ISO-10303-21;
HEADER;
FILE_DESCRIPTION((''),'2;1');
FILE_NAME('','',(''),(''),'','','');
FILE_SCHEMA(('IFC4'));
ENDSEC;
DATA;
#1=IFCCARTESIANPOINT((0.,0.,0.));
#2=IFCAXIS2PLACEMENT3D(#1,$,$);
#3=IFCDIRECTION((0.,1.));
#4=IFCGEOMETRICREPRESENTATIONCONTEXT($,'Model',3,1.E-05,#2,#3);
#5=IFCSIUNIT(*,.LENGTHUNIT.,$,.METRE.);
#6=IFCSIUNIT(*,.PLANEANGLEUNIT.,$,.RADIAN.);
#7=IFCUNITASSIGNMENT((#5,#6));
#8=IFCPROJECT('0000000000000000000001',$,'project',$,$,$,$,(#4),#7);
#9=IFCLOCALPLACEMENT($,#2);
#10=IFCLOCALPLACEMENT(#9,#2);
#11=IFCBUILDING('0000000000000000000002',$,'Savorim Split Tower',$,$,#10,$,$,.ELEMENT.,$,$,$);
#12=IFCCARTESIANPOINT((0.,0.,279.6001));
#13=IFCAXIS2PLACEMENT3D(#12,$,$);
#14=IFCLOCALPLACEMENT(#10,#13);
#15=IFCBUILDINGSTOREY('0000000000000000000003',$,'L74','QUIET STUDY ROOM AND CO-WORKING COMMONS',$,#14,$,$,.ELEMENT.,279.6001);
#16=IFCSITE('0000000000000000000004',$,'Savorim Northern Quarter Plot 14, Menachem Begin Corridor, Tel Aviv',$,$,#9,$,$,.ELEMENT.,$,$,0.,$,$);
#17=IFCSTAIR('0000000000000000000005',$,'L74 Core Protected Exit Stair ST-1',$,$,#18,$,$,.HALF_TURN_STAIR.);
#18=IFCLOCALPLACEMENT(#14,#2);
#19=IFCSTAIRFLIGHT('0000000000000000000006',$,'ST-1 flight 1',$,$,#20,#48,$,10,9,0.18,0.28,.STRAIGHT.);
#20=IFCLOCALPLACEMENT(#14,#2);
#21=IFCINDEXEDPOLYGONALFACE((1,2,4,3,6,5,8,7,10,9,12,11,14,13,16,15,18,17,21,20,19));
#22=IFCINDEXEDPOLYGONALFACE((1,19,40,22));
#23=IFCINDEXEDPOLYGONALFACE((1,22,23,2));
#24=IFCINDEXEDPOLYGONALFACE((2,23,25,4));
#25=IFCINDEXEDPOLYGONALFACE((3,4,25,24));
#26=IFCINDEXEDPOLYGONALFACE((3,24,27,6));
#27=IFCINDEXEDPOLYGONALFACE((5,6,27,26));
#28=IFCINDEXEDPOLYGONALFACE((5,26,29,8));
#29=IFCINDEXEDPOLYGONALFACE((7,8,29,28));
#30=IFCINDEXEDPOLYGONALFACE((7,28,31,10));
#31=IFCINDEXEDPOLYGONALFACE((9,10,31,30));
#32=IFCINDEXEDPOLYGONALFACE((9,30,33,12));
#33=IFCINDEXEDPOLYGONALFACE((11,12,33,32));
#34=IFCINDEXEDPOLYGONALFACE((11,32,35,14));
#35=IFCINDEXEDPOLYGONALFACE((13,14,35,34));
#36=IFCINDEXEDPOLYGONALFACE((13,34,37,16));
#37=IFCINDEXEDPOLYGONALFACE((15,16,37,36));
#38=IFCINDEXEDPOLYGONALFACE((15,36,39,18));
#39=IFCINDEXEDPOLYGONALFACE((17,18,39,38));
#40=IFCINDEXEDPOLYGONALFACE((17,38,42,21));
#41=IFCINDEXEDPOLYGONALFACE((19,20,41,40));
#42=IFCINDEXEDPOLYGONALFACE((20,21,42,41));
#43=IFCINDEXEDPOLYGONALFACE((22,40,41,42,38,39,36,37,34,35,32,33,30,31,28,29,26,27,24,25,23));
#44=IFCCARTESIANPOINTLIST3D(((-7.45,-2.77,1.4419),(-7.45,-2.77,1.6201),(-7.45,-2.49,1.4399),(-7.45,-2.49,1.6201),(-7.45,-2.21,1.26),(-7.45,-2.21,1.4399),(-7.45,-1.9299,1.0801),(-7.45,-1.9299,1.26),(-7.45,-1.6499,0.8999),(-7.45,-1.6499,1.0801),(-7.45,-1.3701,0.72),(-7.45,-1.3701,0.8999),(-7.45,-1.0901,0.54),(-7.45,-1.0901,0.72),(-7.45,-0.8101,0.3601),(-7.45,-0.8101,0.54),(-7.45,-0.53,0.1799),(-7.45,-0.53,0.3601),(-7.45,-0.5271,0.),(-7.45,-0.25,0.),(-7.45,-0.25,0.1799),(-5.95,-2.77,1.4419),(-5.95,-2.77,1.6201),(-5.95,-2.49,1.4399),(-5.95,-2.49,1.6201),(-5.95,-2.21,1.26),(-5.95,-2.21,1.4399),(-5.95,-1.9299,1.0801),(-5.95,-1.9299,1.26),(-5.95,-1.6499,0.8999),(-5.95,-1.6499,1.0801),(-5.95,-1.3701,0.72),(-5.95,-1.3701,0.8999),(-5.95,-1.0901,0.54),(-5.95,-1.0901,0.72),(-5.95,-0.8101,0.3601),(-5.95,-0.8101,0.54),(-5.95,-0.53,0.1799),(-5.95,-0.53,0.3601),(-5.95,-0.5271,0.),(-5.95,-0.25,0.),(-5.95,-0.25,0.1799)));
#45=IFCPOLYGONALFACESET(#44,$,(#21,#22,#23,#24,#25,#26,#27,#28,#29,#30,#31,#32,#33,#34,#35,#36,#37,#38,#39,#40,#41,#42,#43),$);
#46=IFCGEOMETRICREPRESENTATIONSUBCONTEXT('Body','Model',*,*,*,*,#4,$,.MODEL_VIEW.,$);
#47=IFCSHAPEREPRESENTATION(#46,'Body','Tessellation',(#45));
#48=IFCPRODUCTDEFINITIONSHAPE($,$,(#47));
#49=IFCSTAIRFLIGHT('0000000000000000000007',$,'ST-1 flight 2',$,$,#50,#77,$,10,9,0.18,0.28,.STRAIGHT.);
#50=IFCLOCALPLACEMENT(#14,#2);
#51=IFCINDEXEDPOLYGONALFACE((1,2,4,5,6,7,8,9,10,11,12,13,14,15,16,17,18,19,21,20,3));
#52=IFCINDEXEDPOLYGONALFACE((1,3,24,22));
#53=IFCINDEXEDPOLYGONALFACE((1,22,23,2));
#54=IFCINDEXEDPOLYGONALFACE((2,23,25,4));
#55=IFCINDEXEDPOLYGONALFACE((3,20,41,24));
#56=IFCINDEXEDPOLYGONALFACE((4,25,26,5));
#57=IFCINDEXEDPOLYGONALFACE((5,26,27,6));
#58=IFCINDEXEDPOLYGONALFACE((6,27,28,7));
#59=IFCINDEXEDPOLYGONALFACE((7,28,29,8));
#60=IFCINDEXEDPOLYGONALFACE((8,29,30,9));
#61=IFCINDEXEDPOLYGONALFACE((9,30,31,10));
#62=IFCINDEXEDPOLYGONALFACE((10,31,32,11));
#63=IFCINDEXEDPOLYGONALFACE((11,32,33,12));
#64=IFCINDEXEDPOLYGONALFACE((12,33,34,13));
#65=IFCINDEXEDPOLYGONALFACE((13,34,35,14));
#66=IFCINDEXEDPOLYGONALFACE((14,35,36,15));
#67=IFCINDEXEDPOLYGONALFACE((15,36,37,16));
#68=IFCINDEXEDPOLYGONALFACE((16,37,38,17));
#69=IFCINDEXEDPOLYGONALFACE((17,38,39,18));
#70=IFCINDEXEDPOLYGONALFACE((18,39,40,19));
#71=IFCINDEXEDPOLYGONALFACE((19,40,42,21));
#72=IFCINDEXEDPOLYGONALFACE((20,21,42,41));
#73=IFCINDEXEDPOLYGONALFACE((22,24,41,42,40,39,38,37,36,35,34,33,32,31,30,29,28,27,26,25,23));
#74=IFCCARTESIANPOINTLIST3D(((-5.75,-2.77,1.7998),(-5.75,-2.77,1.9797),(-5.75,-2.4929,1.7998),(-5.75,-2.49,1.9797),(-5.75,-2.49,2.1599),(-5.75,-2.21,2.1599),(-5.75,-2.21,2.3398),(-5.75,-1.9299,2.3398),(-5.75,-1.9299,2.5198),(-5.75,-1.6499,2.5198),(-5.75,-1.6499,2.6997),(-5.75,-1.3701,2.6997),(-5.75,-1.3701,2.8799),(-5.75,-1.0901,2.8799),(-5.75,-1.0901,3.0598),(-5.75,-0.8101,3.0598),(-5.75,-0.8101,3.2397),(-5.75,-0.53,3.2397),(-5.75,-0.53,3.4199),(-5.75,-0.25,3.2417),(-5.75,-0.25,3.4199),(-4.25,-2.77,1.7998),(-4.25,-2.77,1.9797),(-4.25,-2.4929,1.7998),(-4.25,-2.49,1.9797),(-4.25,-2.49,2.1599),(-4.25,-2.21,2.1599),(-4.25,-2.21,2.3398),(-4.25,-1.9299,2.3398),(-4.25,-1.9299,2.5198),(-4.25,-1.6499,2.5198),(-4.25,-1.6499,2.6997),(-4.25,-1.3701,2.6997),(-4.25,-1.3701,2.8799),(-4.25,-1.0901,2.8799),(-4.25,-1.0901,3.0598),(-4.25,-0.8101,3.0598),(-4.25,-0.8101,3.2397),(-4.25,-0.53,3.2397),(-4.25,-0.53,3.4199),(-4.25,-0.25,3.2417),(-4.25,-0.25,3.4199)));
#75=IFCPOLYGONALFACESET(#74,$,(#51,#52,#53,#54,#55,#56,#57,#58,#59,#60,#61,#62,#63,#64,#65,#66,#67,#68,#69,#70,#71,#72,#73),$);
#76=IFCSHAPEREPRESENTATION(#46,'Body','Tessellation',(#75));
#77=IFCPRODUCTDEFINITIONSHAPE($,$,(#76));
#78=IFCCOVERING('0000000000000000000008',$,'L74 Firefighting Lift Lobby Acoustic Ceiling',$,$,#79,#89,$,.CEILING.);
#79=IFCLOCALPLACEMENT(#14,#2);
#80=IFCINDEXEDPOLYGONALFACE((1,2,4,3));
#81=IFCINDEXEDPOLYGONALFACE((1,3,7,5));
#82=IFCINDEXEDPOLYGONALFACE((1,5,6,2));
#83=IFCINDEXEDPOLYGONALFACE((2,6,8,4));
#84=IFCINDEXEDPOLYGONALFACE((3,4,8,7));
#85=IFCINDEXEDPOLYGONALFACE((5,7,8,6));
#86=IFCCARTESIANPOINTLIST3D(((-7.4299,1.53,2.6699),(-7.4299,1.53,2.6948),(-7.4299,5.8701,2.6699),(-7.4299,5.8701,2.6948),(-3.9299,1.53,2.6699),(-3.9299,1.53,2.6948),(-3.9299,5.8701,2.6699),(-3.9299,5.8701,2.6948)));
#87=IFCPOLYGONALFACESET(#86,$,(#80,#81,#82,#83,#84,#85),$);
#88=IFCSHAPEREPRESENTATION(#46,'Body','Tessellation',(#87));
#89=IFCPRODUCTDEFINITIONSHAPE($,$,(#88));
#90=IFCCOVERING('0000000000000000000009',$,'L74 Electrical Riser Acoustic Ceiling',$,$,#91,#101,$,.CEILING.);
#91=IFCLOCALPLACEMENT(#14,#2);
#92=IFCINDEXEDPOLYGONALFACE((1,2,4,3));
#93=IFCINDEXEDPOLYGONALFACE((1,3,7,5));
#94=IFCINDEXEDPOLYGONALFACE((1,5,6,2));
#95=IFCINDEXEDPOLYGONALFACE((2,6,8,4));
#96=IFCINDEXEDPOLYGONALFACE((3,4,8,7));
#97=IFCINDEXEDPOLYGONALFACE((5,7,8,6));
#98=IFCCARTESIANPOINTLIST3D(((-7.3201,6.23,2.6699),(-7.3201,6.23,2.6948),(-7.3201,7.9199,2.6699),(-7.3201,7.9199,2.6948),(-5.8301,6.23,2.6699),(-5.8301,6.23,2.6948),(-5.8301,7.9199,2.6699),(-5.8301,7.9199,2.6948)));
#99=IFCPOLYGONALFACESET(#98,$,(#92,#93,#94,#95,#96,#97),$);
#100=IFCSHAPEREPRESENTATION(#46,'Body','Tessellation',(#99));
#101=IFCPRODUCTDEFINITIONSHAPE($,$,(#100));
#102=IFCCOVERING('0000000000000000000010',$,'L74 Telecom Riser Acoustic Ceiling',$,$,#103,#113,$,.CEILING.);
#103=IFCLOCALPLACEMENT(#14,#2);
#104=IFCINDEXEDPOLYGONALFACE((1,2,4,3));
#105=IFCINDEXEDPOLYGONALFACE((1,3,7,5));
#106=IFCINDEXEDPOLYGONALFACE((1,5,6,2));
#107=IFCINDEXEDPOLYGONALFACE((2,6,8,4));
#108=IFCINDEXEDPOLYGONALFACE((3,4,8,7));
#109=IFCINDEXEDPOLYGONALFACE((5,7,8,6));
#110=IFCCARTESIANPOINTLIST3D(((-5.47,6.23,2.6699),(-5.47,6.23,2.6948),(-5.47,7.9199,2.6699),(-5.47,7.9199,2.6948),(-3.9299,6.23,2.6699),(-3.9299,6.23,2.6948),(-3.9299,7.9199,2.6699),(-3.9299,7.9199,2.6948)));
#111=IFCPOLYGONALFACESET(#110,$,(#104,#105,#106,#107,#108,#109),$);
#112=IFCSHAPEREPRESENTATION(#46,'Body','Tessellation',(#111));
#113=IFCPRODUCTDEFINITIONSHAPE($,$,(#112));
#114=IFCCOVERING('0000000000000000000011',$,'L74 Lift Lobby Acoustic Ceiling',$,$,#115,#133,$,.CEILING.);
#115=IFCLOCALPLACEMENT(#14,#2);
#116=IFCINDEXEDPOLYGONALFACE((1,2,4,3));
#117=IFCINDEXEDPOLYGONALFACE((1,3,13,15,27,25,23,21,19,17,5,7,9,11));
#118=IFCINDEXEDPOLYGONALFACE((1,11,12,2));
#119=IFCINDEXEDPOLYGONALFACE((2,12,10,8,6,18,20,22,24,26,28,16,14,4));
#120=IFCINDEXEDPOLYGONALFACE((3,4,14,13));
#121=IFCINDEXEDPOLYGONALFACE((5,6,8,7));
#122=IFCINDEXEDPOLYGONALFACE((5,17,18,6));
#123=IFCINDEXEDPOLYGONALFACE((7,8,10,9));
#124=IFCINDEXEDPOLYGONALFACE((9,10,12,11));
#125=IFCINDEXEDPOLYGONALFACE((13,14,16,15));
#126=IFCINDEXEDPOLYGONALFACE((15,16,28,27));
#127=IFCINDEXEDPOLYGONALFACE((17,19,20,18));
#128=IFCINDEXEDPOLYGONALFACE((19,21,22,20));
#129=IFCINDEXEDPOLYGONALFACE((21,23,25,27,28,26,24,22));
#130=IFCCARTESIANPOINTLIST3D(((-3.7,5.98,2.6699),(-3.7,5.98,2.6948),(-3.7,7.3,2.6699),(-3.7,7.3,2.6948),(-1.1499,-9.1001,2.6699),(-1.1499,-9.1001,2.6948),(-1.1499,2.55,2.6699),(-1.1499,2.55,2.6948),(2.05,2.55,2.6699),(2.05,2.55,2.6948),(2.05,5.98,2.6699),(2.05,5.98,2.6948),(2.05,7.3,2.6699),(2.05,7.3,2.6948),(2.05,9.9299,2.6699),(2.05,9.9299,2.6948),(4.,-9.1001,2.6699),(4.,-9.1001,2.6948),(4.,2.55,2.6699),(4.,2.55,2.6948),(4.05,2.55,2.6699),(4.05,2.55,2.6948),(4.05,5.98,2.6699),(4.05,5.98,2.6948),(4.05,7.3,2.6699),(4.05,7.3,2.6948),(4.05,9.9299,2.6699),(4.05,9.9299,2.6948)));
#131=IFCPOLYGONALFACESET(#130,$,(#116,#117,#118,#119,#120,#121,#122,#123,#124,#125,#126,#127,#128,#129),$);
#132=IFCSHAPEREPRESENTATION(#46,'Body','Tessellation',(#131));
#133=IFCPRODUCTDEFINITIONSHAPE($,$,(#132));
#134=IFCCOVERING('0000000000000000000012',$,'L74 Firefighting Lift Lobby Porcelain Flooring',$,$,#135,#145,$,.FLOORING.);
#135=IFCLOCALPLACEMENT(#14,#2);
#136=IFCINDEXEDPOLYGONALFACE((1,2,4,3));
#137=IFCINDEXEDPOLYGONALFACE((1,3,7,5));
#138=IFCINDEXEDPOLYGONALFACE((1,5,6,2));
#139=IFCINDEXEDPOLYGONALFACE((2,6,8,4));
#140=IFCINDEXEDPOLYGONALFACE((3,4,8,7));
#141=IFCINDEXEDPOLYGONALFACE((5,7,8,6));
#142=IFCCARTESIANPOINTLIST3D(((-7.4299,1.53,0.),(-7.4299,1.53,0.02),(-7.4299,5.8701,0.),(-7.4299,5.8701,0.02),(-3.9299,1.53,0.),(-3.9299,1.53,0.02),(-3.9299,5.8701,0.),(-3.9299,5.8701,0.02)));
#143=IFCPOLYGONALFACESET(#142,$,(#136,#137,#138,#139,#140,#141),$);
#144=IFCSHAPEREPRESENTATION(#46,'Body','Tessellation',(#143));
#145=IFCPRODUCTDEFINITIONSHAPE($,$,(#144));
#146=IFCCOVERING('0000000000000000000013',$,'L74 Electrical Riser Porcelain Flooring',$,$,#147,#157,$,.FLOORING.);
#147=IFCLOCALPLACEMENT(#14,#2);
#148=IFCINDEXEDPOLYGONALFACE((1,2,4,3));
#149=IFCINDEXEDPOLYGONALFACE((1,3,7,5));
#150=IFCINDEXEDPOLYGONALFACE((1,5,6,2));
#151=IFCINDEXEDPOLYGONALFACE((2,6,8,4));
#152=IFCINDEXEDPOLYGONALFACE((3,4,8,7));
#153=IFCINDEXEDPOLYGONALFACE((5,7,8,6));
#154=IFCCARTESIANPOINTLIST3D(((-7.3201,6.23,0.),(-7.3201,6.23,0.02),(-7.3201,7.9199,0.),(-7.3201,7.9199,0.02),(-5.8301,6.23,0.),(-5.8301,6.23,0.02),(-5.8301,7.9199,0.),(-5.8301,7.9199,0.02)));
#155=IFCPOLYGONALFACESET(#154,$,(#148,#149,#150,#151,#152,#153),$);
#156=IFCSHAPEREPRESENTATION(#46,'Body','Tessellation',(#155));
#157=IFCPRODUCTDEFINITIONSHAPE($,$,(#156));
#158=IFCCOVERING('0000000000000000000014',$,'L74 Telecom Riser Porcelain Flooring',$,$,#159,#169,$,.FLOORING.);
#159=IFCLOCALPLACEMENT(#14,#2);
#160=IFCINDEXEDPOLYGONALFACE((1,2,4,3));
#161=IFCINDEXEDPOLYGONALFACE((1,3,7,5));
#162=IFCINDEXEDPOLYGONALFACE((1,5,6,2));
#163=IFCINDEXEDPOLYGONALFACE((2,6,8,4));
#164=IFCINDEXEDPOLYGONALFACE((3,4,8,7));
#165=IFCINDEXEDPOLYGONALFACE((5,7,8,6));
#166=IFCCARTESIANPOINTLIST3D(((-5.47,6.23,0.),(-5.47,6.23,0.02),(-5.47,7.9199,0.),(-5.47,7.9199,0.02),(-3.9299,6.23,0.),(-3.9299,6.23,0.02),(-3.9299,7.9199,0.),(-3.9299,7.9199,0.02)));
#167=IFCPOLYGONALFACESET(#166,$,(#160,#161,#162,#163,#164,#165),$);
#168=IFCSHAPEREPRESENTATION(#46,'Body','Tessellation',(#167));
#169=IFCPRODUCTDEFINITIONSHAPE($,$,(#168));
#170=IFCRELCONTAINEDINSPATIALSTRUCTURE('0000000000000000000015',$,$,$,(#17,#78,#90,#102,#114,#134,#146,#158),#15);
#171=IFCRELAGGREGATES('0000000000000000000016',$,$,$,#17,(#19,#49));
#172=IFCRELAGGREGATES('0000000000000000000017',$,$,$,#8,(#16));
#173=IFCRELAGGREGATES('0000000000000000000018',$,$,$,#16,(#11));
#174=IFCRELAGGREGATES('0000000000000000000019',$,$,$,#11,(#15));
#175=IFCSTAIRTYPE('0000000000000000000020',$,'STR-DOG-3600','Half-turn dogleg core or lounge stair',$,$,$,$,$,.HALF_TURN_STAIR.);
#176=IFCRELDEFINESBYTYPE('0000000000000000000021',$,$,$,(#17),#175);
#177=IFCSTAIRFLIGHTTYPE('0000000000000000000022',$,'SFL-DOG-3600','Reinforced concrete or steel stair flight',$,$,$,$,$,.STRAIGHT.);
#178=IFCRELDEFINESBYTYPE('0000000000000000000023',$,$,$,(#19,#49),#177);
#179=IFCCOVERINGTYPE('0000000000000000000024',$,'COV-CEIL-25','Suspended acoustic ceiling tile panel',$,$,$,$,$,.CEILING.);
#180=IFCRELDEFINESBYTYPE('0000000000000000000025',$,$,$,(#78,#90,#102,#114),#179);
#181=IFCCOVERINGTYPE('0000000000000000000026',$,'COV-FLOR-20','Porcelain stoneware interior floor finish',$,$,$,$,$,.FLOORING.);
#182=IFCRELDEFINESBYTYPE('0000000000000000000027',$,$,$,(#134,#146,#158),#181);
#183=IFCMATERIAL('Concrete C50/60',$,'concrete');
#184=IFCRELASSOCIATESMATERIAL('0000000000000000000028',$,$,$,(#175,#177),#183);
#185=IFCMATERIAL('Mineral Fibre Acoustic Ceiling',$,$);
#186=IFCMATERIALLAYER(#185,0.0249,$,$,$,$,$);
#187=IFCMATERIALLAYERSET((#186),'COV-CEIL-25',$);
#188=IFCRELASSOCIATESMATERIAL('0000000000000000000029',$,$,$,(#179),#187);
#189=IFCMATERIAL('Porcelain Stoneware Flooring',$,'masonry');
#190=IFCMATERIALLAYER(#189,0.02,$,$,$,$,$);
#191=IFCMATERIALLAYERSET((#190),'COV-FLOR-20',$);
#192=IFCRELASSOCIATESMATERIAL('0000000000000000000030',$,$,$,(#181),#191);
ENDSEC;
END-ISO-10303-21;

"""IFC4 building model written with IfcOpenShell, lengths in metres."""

from ifc_helpers import new_model, si_unit, direction, frame, origin, place, context, subcontext, project, spatial, polyline, outline, extrude, material, layer, layer_set, type_object, element, aggregate, save


model = new_model("IFC4")

# Units and contexts
model_context = context("Model", 3, precision=1e-05, world=origin(), true_north=direction((0.0, 1.0)))
body_context = subcontext(model_context, "Body", "Model", "MODEL_VIEW")
ifc_project = project(units=[si_unit("LENGTHUNIT", "METRE"), si_unit("PLANEANGLEUNIT", "RADIAN")], contexts=[model_context])

# Site, building, storey
site_placement = place(None, origin())
site = spatial("IfcSite", under=ifc_project, at=site_placement, Name="Savorim Northern Quarter Plot 14, Menachem Begin Corridor, Tel Aviv", CompositionType="ELEMENT", RefElevation=0.0)
building_placement = place(site_placement, origin())
building = spatial("IfcBuilding", under=site, at=building_placement, Name="Savorim Split Tower", CompositionType="ELEMENT")
storey_placement = place(building_placement, frame((0.0, 0.0, 279.6001)))
storey = spatial("IfcBuildingStorey", under=building, at=storey_placement, Name="L74", Description="QUIET STUDY ROOM AND CO-WORKING COMMONS", CompositionType="ELEMENT", Elevation=279.6001)

# Shared definitions
ifc_material_1 = material(Name="Concrete C50/60", Category="concrete")

# Stair
stair_type = type_object("IfcStairType", Name="STR-DOG-3600", Description="Half-turn dogleg core or lounge stair", PredefinedType="HALF_TURN_STAIR", material=ifc_material_1)
stair_1_placement = place(storey_placement, origin())
stair_1 = element("IfcStair", 1, at=stair_1_placement, inside=storey, type_object=stair_type, Name="L74 Core Protected Exit Stair ST-1", PredefinedType="HALF_TURN_STAIR")

# Stair flights
stair_flight_type = type_object("IfcStairFlightType", Name="SFL-DOG-3600", Description="Reinforced concrete or steel stair flight", PredefinedType="STRAIGHT", material=ifc_material_1)
stair_flight_1_placement = place(storey_placement, frame((-6.7, -0.25, 0.0), z_axis=(0.0, 0.0, 1.0), x_axis=(0.0, -1.0, 0.0)))
stair_flight_1 = element("IfcStairFlight", 2, at=stair_flight_1_placement, type_object=stair_flight_type, Name="ST-1 flight 1", NumberOfRisers=10, NumberOfTreads=9, PredefinedType="STRAIGHT", RiserHeight=0.18, TreadLength=0.28, context=body_context, shape_type="SweptSolid", body=[
    extrude(outline(polyline([(0.0, 0.0), (0.0, 0.1799), (0.28, 0.1799), (0.28, 0.3601), (0.5601, 0.3601), (0.5601, 0.54), (0.8401, 0.54), (0.8401, 0.72), (1.1201, 0.72), (1.1201, 0.8999), (1.3999, 0.8999), (1.3999, 1.0801), (1.6799, 1.0801), (1.6799, 1.26), (1.96, 1.26), (1.96, 1.4399), (2.24, 1.4399), (2.24, 1.6201), (2.52, 1.6201), (2.52, 1.8), (2.52, 1.4419), (0.2771, 0.0), (0.0, 0.0)])), frame((0.0, 0.75, 0.0), z_axis=(0.0, -1.0, 0.0), x_axis=(1.0, 0.0, 0.0)), (0.0, 0.0, 1.0), 1.5),
])
stair_flight_2_placement = place(storey_placement, frame((-5.0, -2.77, 1.7998), z_axis=(0.0, 0.0, 1.0), x_axis=(0.0, 1.0, 0.0)))
stair_flight_2 = element("IfcStairFlight", 3, at=stair_flight_2_placement, type_object=stair_flight_type, Name="ST-1 flight 2", NumberOfRisers=10, NumberOfTreads=9, PredefinedType="STRAIGHT", RiserHeight=0.18, TreadLength=0.28, context=body_context, shape_type="SweptSolid", body=[
    extrude(outline(polyline([(0.0, 0.0), (0.0, 0.1799), (0.28, 0.1799), (0.28, 0.3601), (0.5601, 0.3601), (0.5601, 0.54), (0.8401, 0.54), (0.8401, 0.72), (1.1201, 0.72), (1.1201, 0.8999), (1.3999, 0.8999), (1.3999, 1.0801), (1.6799, 1.0801), (1.6799, 1.26), (1.96, 1.26), (1.96, 1.4399), (2.24, 1.4399), (2.24, 1.6201), (2.52, 1.6201), (2.52, 1.8), (2.52, 1.4419), (0.2771, 0.0), (0.0, 0.0)])), frame((0.0, 0.75, 0.0), z_axis=(0.0, -1.0, 0.0), x_axis=(1.0, 0.0, 0.0)), (0.0, 0.0, 1.0), 1.5),
])
aggregate(stair_1, [stair_flight_1, stair_flight_2])

# Coverings
ifc_material_2 = material(Name="Mineral Fibre Acoustic Ceiling")
ifc_layer_1 = layer(ifc_material_2, 0.0249)
ifc_layer_set_1 = layer_set([ifc_layer_1], Name="COV-CEIL-25")
covering_type_1 = type_object("IfcCoveringType", Name="COV-CEIL-25", Description="Suspended acoustic ceiling tile panel", PredefinedType="CEILING", material=ifc_layer_set_1)
covering_1_placement = place(storey_placement, frame((0.0, 0.0, 2.6699)))
element("IfcCovering", 4, at=covering_1_placement, inside=storey, type_object=covering_type_1, Name="L74 Firefighting Lift Lobby Acoustic Ceiling", PredefinedType="CEILING", context=body_context, shape_type="SweptSolid", body=[
    extrude(outline(polyline([(-7.4299, 5.8701), (-7.4299, 1.53), (-3.9299, 1.53), (-3.9299, 5.8701), (-7.4299, 5.8701)])), origin(), (0.0, 0.0, 1.0), 0.0249),
])
covering_2_placement = place(storey_placement, frame((0.0, 0.0, 2.6699)))
element("IfcCovering", 5, at=covering_2_placement, inside=storey, type_object=covering_type_1, Name="L74 Electrical Riser Acoustic Ceiling", PredefinedType="CEILING", context=body_context, shape_type="SweptSolid", body=[
    extrude(outline(polyline([(-7.3201, 7.9199), (-7.3201, 6.23), (-5.8301, 6.23), (-5.8301, 7.9199), (-7.3201, 7.9199)])), origin(), (0.0, 0.0, 1.0), 0.0249),
])
covering_3_placement = place(storey_placement, frame((0.0, 0.0, 2.6699)))
element("IfcCovering", 6, at=covering_3_placement, inside=storey, type_object=covering_type_1, Name="L74 Telecom Riser Acoustic Ceiling", PredefinedType="CEILING", context=body_context, shape_type="SweptSolid", body=[
    extrude(outline(polyline([(-5.47, 7.9199), (-5.47, 6.23), (-3.9299, 6.23), (-3.9299, 7.9199), (-5.47, 7.9199)])), origin(), (0.0, 0.0, 1.0), 0.0249),
])
covering_4_placement = place(storey_placement, frame((0.0, 0.0, 2.6699)))
element("IfcCovering", 7, at=covering_4_placement, inside=storey, type_object=covering_type_1, Name="L74 Lift Lobby Acoustic Ceiling", PredefinedType="CEILING", context=body_context, shape_type="SweptSolid", body=[
    extrude(outline(polyline([(2.05, 2.55), (-1.1499, 2.55), (-1.1499, -9.1001), (4.0, -9.1001), (4.0, 2.55), (4.05, 2.55), (4.05, 5.98), (4.05, 7.3), (4.05, 9.9299), (2.05, 9.9299), (2.05, 7.3), (-3.7, 7.3), (-3.7, 5.98), (2.05, 5.98), (2.05, 2.55)])), origin(), (0.0, 0.0, 1.0), 0.0249),
])
ifc_material_3 = material(Name="Porcelain Stoneware Flooring", Category="masonry")
ifc_layer_2 = layer(ifc_material_3, 0.02)
ifc_layer_set_2 = layer_set([ifc_layer_2], Name="COV-FLOR-20")
covering_type_2 = type_object("IfcCoveringType", Name="COV-FLOR-20", Description="Porcelain stoneware interior floor finish", PredefinedType="FLOORING", material=ifc_layer_set_2)
covering_5_placement = place(storey_placement, origin())
element("IfcCovering", 8, at=covering_5_placement, inside=storey, type_object=covering_type_2, Name="L74 Firefighting Lift Lobby Porcelain Flooring", PredefinedType="FLOORING", context=body_context, shape_type="SweptSolid", body=[
    extrude(outline(polyline([(-7.4299, 5.8701), (-7.4299, 1.53), (-3.9299, 1.53), (-3.9299, 5.8701), (-7.4299, 5.8701)])), origin(), (0.0, 0.0, 1.0), 0.02),
])
covering_6_placement = place(storey_placement, origin())
element("IfcCovering", 9, at=covering_6_placement, inside=storey, type_object=covering_type_2, Name="L74 Electrical Riser Porcelain Flooring", PredefinedType="FLOORING", context=body_context, shape_type="SweptSolid", body=[
    extrude(outline(polyline([(-7.3201, 7.9199), (-7.3201, 6.23), (-5.8301, 6.23), (-5.8301, 7.9199), (-7.3201, 7.9199)])), origin(), (0.0, 0.0, 1.0), 0.02),
])
covering_7_placement = place(storey_placement, origin())
element("IfcCovering", 10, at=covering_7_placement, inside=storey, type_object=covering_type_2, Name="L74 Telecom Riser Porcelain Flooring", PredefinedType="FLOORING", context=body_context, shape_type="SweptSolid", body=[
    extrude(outline(polyline([(-5.47, 7.9199), (-5.47, 6.23), (-3.9299, 6.23), (-3.9299, 7.9199), (-5.47, 7.9199)])), origin(), (0.0, 0.0, 1.0), 0.02),
])

save(model, "model.ifc")
